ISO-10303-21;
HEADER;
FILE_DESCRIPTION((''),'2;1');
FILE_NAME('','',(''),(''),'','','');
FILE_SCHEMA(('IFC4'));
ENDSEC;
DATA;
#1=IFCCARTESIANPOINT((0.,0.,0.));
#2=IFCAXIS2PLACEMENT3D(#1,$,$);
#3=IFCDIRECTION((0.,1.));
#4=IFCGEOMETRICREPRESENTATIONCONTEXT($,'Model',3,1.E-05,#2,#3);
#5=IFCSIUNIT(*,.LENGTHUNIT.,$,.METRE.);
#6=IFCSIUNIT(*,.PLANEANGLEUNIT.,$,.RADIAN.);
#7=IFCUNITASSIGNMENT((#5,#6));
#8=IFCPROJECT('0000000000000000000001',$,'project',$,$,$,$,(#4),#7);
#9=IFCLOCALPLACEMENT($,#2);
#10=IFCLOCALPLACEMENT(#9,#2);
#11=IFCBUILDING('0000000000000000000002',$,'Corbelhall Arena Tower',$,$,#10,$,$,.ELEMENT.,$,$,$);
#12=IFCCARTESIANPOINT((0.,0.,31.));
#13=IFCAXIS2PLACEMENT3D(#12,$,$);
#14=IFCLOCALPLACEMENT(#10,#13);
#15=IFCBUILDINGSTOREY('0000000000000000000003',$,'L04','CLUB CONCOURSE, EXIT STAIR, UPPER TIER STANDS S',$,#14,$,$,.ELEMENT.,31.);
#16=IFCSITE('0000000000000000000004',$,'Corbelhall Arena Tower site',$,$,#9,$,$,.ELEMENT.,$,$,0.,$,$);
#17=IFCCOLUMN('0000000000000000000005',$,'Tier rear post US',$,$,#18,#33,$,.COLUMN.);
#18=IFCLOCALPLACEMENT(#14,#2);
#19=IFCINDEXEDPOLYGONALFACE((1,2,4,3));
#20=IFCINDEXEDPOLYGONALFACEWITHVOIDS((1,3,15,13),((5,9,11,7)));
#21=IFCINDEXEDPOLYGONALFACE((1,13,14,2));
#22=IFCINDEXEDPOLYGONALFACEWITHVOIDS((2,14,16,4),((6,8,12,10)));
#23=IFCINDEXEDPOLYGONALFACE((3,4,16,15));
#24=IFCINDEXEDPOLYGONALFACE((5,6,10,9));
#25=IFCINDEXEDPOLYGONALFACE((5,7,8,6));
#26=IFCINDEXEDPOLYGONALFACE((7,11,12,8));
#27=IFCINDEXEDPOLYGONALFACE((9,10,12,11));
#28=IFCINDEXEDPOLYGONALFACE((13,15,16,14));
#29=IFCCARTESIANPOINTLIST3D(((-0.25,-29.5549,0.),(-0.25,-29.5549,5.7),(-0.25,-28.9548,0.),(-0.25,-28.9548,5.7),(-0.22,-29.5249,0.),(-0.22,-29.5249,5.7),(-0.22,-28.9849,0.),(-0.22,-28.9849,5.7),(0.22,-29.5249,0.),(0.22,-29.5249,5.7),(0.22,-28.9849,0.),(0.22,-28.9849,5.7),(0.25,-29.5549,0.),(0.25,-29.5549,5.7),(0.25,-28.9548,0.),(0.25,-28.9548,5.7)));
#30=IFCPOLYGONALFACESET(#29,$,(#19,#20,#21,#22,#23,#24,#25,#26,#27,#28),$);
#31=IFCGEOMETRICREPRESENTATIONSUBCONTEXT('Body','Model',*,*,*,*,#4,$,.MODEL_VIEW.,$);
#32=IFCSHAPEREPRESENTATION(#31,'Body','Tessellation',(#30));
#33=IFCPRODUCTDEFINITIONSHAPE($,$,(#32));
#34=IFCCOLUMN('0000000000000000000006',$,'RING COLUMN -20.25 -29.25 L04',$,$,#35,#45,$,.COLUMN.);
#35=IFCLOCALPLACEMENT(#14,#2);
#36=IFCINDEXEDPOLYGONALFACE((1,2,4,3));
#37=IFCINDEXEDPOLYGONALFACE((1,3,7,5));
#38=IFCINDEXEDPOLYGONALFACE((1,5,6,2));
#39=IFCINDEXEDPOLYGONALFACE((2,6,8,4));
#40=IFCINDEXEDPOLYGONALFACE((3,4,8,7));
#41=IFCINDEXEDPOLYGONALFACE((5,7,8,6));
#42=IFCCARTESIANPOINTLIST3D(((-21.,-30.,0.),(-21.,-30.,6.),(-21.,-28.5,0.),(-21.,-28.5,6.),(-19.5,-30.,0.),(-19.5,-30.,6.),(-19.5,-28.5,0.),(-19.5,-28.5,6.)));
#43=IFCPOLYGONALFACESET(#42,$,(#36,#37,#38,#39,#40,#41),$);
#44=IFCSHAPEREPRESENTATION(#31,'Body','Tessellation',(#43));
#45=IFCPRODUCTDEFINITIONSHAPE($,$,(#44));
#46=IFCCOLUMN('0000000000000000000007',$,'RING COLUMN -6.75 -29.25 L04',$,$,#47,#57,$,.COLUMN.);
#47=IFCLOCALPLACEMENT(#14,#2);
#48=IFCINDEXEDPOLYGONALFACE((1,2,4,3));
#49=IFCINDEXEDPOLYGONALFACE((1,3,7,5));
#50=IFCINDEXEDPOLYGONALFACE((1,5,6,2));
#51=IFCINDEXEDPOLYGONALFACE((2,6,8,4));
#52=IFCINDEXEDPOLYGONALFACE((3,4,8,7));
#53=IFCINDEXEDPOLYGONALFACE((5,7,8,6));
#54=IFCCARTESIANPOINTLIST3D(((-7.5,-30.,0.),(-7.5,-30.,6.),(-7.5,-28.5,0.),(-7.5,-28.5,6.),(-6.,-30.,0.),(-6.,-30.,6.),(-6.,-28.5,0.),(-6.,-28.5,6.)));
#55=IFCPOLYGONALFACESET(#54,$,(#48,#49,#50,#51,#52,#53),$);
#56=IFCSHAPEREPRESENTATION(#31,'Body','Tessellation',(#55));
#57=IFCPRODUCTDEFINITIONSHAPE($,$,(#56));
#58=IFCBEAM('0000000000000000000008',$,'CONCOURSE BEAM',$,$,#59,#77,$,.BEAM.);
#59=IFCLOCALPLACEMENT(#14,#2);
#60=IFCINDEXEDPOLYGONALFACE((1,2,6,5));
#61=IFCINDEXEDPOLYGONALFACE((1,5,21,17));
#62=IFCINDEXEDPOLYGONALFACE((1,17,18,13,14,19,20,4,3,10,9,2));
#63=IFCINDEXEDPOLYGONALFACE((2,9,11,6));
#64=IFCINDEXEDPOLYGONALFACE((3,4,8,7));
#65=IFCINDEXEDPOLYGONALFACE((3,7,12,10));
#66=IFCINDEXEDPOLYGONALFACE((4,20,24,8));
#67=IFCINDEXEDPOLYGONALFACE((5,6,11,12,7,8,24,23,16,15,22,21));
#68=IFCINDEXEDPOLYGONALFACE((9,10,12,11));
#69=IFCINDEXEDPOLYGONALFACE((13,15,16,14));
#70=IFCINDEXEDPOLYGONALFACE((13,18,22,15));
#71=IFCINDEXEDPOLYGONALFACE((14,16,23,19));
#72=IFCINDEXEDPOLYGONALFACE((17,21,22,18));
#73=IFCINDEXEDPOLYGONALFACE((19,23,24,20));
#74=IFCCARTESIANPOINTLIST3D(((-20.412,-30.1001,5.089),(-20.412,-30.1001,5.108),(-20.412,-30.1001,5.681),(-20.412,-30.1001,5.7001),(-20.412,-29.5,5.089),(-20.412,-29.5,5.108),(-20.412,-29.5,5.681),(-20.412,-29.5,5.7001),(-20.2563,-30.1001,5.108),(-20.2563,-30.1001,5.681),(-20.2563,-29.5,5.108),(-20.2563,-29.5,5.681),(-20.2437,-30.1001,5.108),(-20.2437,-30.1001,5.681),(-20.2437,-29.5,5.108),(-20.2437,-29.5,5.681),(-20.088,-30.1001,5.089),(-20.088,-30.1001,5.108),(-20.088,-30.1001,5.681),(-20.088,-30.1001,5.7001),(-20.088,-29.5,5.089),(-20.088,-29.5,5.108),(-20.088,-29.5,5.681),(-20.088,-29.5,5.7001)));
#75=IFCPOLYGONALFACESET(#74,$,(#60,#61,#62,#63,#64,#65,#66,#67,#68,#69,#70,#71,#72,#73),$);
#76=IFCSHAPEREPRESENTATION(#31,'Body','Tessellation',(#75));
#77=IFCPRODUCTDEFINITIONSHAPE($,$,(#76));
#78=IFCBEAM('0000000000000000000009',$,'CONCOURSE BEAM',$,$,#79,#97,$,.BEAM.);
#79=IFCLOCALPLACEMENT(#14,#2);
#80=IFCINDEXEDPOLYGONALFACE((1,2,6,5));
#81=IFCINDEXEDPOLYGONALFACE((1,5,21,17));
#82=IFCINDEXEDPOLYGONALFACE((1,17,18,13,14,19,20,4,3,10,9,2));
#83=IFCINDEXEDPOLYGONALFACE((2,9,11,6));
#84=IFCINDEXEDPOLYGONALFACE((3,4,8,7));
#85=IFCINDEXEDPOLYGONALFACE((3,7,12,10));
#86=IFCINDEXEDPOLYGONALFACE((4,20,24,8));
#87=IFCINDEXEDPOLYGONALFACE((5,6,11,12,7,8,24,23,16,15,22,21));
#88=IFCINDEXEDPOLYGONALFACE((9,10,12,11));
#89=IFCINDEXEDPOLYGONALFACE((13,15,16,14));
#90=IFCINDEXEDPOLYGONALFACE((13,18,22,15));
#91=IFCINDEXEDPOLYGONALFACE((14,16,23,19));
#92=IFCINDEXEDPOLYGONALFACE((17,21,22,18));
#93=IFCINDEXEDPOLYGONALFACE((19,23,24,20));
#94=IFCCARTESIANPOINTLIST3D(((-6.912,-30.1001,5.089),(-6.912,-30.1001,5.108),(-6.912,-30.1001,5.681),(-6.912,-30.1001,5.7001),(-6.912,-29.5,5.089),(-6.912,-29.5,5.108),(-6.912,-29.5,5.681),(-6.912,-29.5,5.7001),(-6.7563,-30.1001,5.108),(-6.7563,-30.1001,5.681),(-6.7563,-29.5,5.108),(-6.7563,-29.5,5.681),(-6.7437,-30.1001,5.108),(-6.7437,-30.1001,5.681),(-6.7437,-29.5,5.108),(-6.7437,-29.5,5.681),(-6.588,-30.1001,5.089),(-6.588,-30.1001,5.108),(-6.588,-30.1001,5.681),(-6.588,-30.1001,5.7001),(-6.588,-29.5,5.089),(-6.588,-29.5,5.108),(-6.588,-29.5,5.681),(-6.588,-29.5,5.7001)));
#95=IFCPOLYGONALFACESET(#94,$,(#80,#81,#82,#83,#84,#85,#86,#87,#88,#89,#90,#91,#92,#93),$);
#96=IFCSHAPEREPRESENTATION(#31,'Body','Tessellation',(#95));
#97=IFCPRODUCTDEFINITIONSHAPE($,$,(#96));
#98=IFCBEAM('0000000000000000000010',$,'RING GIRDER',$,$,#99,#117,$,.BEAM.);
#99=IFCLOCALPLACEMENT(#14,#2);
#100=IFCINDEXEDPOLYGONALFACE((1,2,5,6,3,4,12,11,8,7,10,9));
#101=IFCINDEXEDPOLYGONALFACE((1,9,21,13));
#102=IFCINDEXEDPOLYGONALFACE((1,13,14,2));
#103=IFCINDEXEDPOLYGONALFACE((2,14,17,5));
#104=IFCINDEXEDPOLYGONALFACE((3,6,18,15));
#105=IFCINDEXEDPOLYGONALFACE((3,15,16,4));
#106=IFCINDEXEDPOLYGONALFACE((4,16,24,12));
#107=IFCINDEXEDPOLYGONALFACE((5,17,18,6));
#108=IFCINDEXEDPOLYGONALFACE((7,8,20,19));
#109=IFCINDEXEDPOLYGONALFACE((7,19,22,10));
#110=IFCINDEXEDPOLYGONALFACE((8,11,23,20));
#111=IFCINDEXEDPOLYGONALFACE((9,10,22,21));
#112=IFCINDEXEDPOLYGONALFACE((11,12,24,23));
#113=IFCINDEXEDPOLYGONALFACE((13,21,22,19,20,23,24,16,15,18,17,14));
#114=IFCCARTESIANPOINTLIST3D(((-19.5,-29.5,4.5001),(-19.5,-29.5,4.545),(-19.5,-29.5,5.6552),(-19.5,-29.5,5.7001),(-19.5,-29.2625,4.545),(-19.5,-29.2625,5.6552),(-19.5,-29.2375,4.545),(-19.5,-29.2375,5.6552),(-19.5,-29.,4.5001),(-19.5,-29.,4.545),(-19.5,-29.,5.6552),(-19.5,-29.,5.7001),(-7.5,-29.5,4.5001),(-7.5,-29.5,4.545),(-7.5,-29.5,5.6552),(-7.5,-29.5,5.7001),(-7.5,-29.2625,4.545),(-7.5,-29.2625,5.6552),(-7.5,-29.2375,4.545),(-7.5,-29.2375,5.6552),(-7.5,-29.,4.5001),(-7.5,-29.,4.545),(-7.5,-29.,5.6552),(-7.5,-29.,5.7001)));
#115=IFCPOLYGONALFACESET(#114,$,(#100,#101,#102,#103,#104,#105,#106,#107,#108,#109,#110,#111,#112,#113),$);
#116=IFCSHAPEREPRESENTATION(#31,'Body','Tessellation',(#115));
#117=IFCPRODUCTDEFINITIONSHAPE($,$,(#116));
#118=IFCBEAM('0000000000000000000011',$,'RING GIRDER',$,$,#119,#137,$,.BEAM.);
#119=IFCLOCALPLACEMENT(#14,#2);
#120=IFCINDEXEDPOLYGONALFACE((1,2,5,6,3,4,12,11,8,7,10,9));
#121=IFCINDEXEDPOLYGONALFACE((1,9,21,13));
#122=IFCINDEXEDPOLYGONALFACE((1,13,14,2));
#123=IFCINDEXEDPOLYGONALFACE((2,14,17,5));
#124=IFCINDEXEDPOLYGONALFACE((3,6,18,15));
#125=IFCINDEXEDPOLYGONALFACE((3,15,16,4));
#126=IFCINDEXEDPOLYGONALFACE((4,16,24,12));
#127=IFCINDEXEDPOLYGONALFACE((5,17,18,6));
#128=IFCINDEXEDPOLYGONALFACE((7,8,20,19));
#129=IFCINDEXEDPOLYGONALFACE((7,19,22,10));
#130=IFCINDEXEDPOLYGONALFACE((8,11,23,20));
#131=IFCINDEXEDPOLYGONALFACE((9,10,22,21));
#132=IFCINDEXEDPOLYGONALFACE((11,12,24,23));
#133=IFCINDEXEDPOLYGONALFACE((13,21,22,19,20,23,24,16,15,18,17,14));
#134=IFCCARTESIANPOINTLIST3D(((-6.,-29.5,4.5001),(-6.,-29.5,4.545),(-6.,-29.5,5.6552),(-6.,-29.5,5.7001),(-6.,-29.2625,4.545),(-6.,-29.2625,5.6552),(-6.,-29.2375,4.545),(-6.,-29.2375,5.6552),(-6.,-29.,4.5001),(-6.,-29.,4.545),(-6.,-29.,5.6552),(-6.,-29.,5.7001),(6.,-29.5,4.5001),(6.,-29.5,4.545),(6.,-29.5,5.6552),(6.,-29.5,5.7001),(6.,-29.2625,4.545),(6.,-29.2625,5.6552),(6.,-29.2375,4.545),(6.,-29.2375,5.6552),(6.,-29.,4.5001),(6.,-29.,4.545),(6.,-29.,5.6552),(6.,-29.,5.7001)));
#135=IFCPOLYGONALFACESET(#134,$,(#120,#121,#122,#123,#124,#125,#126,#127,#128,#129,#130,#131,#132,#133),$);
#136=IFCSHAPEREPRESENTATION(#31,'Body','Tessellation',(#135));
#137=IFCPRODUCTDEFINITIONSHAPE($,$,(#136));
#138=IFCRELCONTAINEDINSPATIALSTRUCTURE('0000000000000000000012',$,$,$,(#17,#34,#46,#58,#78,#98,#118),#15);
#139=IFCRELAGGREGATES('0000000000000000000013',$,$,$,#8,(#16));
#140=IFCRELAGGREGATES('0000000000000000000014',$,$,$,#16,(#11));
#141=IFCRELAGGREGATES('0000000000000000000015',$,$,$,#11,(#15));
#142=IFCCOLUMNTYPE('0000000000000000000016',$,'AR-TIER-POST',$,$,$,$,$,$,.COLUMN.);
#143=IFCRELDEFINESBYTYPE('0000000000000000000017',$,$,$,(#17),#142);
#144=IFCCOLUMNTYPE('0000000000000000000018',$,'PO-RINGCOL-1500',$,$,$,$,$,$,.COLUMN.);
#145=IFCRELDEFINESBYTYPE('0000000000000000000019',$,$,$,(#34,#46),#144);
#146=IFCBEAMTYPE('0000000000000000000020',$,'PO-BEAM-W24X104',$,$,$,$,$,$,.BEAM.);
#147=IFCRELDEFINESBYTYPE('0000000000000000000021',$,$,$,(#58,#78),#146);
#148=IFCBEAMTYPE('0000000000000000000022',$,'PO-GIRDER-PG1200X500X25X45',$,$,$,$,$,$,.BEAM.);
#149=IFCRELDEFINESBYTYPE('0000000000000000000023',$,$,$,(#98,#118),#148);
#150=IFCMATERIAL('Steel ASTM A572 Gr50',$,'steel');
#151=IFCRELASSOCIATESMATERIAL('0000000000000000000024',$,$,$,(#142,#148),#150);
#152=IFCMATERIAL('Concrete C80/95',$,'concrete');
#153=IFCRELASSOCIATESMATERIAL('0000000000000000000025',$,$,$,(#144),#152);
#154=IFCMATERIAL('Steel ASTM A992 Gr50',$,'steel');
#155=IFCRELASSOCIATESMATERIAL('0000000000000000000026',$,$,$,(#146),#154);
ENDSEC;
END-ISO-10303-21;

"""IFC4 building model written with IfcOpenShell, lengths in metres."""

from ifc_helpers import new_model, si_unit, direction, frame, origin, origin_2d, place, context, subcontext, project, spatial, rectangle, hollow_rectangle, i_section, extrude, material, material_profile, profile_set, type_object, element, save


model = new_model("IFC4")

# Units and contexts
model_context = context("Model", 3, precision=1e-05, world=origin(), true_north=direction((0.0, 1.0)))
body_context = subcontext(model_context, "Body", "Model", "MODEL_VIEW")
ifc_project = project(units=[si_unit("LENGTHUNIT", "METRE"), si_unit("PLANEANGLEUNIT", "RADIAN")], contexts=[model_context])

# Site, building, storey
site_placement = place(None, origin())
site = spatial("IfcSite", under=ifc_project, at=site_placement, Name="Corbelhall Arena Tower site", CompositionType="ELEMENT", RefElevation=0.0)
building_placement = place(site_placement, origin())
building = spatial("IfcBuilding", under=site, at=building_placement, Name="Corbelhall Arena Tower", CompositionType="ELEMENT")
storey_placement = place(building_placement, frame((0.0, 0.0, 31.0)))
storey = spatial("IfcBuildingStorey", under=building, at=storey_placement, Name="L04", Description="CLUB CONCOURSE, EXIT STAIR, UPPER TIER STANDS S", CompositionType="ELEMENT", Elevation=31.0)

# Columns
ifc_material_1 = material(Name="Steel ASTM A572 Gr50", Category="steel")
ifc_material_profile_1 = material_profile(ifc_material_1, hollow_rectangle(XDim=0.5, YDim=0.6001, WallThickness=0.03, at=origin_2d()))
ifc_profile_set_1 = profile_set([ifc_material_profile_1], Name="Steel ASTM A572 Gr50")
column_type_1 = type_object("IfcColumnType", Name="AR-TIER-POST", PredefinedType="COLUMN", material=ifc_profile_set_1)
column_placement = place(storey_placement, frame((0.0, -29.2549, 0.0), z_axis=(0.0, 0.0, 1.0), x_axis=(1.0, 0.0, 0.0)))
element("IfcColumn", 1, at=column_placement, inside=storey, type_object=column_type_1, Name="Tier rear post US", PredefinedType="COLUMN", context=body_context, shape_type="SweptSolid", body=[
    extrude(hollow_rectangle(XDim=0.5, YDim=0.6001, WallThickness=0.03, at=origin_2d()), origin(), (0.0, 0.0, 1.0), 5.7),
])
ifc_material_2 = material(Name="Concrete C80/95", Category="concrete")
ifc_material_profile_2 = material_profile(ifc_material_2, rectangle(XDim=1.5, YDim=1.5, at=origin_2d()))
ifc_profile_set_2 = profile_set([ifc_material_profile_2], Name="Concrete C80/95")
column_type_2 = type_object("IfcColumnType", Name="PO-RINGCOL-1500", PredefinedType="COLUMN", material=ifc_profile_set_2)
for number, where, z_axis, x_axis, name in (
    (2, (-20.25, -29.25, 0.0), (0.0, 0.0, 1.0), (1.0, 0.0, 0.0), "RING COLUMN -20.25 -29.25 L04"),
    (3, (-6.75, -29.25, 0.0), (0.0, 0.0, 1.0), (1.0, 0.0, 0.0), "RING COLUMN -6.75 -29.25 L04"),
):
    element("IfcColumn", number, at=place(storey_placement, frame(where, z_axis=z_axis, x_axis=x_axis)), inside=storey, type_object=column_type_2, Name=name, PredefinedType="COLUMN", context=body_context, shape_type="SweptSolid", body=[
        extrude(rectangle(XDim=1.5, YDim=1.5, at=origin_2d()), origin(), (0.0, 0.0, 1.0), 6.0),
    ])

# Beams
ifc_material_3 = material(Name="Steel ASTM A992 Gr50", Category="steel")
ifc_material_profile_3 = material_profile(ifc_material_3, i_section(OverallWidth=0.324, OverallDepth=0.6111, WebThickness=0.0127, FlangeThickness=0.019, at=origin_2d()))
ifc_profile_set_3 = profile_set([ifc_material_profile_3], Name="Steel ASTM A992 Gr50")
beam_type_1 = type_object("IfcBeamType", Name="PO-BEAM-W24X104", PredefinedType="BEAM", material=ifc_profile_set_3)
for number, where, z_axis, x_axis, name in (
    (4, (-20.25, -29.5, 5.3945), (0.0, -1.0, 0.0), (1.0, 0.0, 0.0), "CONCOURSE BEAM"),
    (5, (-6.75, -29.5, 5.3945), (0.0, -1.0, 0.0), (1.0, 0.0, 0.0), "CONCOURSE BEAM"),
):
    element("IfcBeam", number, at=place(storey_placement, frame(where, z_axis=z_axis, x_axis=x_axis)), inside=storey, type_object=beam_type_1, Name=name, PredefinedType="BEAM", context=body_context, shape_type="SweptSolid", body=[
        extrude(i_section(OverallWidth=0.324, OverallDepth=0.6111, WebThickness=0.0127, FlangeThickness=0.019, at=origin_2d()), origin(), (0.0, 0.0, 1.0), 0.6001),
    ])
ifc_material_profile_4 = material_profile(ifc_material_1, i_section(OverallWidth=0.5, OverallDepth=1.2, WebThickness=0.0249, FlangeThickness=0.0449, at=origin_2d()))
ifc_profile_set_4 = profile_set([ifc_material_profile_4], Name="Steel ASTM A572 Gr50")
beam_type_2 = type_object("IfcBeamType", Name="PO-GIRDER-PG1200X500X25X45", PredefinedType="BEAM", material=ifc_profile_set_4)
for number, where, z_axis, x_axis, name in (
    (6, (-19.5, -29.25, 5.1001), (1.0, 0.0, 0.0), (0.0, 1.0, 0.0), "RING GIRDER"),
    (7, (-6.0, -29.25, 5.1001), (1.0, 0.0, 0.0), (0.0, 1.0, 0.0), "RING GIRDER"),
):
    element("IfcBeam", number, at=place(storey_placement, frame(where, z_axis=z_axis, x_axis=x_axis)), inside=storey, type_object=beam_type_2, Name=name, PredefinedType="BEAM", context=body_context, shape_type="SweptSolid", body=[
        extrude(i_section(OverallWidth=0.5, OverallDepth=1.2, WebThickness=0.0249, FlangeThickness=0.0449, at=origin_2d()), origin(), (0.0, 0.0, 1.0), 12.0),
    ])

save(model, "model.ifc")
